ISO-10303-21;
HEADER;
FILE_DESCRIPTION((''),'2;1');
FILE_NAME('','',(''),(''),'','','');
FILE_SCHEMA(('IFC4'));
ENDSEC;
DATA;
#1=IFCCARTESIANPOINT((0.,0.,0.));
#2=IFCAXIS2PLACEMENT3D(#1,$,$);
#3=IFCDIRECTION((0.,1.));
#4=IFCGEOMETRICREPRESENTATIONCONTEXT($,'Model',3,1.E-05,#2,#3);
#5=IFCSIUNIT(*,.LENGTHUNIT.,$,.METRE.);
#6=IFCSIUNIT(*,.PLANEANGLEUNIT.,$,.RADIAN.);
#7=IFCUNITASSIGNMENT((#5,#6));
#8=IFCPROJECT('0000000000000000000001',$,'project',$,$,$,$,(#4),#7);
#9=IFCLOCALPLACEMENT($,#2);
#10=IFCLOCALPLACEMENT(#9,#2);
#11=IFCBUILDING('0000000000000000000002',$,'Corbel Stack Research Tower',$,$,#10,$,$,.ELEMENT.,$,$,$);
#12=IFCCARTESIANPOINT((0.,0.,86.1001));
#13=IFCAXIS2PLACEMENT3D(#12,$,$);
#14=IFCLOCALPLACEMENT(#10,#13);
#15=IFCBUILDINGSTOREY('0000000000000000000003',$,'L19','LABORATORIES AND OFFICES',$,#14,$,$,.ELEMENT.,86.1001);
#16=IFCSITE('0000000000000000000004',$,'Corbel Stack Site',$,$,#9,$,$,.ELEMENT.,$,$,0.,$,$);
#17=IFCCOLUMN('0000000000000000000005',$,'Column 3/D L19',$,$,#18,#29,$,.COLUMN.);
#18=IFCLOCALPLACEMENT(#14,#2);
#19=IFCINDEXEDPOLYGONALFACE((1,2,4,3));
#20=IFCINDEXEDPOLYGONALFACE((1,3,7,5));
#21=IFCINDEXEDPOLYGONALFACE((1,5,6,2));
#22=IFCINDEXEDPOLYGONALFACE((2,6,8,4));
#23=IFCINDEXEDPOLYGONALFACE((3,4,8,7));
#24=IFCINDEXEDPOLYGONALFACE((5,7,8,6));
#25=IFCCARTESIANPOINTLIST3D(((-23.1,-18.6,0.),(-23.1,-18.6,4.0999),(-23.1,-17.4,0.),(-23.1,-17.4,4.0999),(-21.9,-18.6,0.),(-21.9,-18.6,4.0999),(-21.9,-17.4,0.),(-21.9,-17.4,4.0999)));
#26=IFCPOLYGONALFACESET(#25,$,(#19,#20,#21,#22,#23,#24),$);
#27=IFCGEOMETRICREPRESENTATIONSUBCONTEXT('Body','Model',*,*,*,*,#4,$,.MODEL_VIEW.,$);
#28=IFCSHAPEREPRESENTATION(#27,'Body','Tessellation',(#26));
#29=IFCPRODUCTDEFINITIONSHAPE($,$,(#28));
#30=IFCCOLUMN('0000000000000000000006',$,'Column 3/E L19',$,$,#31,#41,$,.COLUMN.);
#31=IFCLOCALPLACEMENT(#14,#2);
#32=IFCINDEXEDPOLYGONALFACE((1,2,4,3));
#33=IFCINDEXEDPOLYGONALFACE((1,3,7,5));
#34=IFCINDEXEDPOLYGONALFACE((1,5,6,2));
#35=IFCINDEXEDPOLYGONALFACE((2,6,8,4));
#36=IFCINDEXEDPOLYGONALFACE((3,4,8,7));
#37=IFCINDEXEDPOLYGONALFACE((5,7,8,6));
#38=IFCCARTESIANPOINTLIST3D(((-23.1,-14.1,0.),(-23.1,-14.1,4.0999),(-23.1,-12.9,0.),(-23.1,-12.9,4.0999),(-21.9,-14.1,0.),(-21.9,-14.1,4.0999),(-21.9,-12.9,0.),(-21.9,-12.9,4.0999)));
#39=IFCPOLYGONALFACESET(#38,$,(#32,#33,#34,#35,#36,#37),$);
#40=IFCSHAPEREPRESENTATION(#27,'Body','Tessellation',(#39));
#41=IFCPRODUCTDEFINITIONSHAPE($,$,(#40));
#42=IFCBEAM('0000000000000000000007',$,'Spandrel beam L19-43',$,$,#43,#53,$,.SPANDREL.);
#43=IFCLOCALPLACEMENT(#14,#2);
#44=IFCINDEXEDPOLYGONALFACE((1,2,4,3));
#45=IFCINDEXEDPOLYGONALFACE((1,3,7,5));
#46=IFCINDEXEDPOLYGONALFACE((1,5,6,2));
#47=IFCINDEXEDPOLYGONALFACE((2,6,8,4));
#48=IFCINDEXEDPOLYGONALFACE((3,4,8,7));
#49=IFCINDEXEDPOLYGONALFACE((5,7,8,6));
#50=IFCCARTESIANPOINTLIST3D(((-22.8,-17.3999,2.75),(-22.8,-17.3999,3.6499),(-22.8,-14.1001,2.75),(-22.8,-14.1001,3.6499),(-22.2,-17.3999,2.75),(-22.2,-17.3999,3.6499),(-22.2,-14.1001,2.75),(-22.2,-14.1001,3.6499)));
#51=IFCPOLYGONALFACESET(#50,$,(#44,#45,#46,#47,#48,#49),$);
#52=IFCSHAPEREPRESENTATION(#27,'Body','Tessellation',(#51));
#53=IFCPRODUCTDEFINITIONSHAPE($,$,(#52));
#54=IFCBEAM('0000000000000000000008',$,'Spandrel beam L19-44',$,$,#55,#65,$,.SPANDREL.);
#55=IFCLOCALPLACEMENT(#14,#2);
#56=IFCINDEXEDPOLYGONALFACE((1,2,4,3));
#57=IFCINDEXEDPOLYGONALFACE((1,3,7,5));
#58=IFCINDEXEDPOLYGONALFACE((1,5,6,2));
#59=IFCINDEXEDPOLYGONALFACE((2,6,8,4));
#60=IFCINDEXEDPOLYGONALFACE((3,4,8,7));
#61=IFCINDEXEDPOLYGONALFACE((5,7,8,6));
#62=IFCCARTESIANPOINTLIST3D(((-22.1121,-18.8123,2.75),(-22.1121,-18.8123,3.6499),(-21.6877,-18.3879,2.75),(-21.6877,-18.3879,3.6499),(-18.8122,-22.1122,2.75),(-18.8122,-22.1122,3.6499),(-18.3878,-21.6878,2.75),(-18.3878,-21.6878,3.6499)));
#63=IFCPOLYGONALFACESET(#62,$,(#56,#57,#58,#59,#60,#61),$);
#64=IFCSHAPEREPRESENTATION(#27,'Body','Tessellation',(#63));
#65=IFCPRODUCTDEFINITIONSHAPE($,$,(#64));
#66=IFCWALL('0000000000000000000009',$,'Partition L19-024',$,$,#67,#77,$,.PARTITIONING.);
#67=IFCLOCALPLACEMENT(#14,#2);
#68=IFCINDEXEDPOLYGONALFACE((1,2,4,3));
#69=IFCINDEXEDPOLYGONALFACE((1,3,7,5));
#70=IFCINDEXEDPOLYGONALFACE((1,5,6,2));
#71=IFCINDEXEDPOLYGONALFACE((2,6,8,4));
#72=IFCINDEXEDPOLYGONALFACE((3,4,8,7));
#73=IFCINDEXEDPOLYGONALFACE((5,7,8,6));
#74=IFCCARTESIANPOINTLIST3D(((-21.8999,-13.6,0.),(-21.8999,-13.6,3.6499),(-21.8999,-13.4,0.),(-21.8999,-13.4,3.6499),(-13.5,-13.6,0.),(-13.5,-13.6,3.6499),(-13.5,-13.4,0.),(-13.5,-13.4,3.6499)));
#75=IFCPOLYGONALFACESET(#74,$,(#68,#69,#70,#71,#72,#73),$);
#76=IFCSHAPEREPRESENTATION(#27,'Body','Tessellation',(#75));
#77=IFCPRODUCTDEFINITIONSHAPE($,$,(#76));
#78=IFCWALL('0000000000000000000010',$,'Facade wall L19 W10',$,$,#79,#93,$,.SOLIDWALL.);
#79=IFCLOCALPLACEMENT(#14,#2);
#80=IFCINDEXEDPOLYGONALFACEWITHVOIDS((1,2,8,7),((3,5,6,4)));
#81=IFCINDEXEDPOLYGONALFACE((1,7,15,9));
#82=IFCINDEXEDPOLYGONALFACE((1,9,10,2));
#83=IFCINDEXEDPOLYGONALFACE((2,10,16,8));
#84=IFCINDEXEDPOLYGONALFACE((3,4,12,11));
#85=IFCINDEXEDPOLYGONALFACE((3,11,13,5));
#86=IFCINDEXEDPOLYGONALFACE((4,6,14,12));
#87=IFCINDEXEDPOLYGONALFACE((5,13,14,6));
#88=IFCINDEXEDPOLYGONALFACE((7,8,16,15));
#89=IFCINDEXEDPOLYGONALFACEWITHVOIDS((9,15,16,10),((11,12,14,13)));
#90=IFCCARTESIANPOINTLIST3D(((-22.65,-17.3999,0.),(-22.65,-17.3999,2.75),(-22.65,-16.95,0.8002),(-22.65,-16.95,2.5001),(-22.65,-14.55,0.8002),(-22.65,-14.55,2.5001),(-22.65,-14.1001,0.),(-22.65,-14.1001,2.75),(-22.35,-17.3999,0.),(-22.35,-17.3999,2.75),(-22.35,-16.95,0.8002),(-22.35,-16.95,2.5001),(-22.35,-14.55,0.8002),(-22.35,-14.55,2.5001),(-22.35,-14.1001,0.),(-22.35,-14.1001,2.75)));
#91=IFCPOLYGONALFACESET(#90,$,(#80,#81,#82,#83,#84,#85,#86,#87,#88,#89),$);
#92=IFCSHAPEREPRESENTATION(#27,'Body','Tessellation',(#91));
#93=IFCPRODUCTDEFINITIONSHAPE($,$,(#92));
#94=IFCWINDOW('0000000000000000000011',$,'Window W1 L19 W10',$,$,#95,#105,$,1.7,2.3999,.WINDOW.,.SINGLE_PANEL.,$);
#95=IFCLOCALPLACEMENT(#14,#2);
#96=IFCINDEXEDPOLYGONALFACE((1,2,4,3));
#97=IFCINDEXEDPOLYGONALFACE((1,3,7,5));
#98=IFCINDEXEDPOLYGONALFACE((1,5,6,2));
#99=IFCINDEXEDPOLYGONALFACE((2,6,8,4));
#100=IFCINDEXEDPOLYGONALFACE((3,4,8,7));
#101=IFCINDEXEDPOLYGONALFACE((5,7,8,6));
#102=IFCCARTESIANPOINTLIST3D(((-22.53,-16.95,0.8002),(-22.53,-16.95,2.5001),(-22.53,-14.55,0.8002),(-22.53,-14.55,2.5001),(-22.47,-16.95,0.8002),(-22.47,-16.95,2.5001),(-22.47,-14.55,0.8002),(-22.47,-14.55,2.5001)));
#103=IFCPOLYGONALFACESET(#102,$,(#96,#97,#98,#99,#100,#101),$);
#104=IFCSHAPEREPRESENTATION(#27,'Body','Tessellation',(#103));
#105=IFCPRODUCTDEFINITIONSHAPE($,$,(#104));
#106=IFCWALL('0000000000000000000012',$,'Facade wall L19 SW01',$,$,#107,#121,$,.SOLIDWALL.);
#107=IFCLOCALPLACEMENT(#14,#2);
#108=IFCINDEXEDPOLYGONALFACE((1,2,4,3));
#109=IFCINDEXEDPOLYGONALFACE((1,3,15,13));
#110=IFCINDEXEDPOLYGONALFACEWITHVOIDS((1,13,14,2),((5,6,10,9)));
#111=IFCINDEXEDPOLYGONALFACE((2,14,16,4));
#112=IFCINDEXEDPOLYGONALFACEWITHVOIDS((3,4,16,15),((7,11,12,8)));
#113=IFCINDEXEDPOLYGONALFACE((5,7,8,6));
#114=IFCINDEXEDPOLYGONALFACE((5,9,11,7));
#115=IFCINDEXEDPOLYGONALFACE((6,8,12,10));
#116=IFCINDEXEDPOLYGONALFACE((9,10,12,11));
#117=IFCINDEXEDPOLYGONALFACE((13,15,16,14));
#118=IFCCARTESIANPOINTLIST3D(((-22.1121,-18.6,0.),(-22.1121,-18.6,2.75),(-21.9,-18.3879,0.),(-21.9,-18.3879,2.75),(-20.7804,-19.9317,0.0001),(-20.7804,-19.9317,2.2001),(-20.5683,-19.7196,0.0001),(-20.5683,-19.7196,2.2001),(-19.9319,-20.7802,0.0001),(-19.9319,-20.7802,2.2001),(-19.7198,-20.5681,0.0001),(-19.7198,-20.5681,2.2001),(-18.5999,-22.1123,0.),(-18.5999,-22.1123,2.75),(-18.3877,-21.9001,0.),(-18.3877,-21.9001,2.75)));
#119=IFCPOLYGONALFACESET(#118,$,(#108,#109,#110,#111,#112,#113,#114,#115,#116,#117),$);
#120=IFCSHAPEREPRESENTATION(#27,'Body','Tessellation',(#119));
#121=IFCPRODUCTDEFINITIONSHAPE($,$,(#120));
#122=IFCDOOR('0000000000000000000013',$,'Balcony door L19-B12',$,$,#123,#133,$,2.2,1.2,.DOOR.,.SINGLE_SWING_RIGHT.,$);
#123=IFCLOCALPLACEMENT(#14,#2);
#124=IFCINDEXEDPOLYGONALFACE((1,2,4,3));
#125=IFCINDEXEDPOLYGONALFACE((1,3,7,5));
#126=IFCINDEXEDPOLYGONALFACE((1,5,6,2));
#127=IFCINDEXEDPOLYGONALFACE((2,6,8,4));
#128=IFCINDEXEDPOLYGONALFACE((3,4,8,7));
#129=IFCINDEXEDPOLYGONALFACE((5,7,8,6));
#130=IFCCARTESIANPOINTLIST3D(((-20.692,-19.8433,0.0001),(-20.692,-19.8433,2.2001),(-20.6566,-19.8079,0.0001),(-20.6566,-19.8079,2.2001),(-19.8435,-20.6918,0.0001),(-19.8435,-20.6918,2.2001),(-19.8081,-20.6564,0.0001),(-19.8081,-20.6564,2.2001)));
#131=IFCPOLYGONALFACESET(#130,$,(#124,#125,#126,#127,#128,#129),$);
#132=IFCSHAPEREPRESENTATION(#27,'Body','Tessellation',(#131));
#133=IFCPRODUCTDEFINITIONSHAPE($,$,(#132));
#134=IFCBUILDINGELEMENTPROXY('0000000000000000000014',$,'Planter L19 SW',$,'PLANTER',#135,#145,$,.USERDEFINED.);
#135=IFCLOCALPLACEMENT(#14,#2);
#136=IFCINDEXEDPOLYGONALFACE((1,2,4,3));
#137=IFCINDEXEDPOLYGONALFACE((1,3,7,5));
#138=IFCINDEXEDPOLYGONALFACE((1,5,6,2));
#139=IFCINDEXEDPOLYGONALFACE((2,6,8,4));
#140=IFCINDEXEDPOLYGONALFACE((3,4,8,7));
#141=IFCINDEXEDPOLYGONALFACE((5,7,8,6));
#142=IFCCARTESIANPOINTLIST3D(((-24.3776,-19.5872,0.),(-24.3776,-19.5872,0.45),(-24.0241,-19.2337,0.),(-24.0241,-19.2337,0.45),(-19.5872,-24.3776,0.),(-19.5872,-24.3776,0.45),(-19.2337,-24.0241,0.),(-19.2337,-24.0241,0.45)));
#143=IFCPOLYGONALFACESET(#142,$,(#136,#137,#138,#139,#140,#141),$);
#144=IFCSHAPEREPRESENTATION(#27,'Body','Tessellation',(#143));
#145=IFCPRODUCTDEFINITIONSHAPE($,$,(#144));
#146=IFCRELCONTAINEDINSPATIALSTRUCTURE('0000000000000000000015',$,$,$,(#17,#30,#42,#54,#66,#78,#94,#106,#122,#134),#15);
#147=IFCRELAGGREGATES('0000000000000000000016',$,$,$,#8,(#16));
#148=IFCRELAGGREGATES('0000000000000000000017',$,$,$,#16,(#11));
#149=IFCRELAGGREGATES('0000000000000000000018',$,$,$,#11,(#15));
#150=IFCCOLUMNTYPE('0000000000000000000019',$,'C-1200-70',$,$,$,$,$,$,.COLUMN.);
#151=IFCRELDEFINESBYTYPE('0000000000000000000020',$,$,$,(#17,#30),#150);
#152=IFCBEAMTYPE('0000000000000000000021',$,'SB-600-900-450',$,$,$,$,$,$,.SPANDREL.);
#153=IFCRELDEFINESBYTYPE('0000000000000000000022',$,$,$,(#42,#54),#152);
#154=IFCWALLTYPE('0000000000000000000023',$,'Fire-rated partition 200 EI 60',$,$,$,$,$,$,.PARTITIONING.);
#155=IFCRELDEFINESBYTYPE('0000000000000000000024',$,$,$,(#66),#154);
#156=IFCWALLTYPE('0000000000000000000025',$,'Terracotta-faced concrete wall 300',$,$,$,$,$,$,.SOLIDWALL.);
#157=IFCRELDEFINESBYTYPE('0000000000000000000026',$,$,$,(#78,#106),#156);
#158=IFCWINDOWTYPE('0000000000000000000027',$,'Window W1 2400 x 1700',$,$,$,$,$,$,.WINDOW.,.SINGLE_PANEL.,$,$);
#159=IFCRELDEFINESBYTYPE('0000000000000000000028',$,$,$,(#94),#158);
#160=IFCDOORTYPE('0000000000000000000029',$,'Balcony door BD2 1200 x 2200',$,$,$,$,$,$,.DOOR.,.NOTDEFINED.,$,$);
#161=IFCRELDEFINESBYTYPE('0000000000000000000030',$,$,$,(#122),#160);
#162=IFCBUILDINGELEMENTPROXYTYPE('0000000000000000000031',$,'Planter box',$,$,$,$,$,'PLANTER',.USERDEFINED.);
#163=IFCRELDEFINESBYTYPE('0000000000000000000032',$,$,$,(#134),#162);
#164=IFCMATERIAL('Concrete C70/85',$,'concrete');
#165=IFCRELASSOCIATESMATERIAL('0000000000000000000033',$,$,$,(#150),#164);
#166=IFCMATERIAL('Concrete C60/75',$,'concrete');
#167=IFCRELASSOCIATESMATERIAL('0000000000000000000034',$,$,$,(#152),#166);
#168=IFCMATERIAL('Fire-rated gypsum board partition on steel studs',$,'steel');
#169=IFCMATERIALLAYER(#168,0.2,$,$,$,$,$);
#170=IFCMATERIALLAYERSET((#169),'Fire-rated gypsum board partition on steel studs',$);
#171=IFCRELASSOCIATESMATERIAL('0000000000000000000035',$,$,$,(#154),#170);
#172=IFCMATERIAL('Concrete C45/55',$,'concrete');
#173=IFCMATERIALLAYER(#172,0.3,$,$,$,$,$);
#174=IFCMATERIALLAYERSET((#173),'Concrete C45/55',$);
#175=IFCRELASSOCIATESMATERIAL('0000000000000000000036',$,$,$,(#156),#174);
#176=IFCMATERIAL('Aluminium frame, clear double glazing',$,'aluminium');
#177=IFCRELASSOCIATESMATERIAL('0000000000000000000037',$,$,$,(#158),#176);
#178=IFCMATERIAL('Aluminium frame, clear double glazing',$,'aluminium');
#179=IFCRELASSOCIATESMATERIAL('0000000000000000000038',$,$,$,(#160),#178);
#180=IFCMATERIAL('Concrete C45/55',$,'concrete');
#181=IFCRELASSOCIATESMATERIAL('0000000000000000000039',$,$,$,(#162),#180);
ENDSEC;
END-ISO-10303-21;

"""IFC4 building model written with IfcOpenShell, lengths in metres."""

from ifc_helpers import new_model, si_unit, direction, frame, frame_2d, origin, origin_2d, place, context, subcontext, project, spatial, rectangle, extrude, material, layer, layer_set, material_profile, profile_set, type_object, element, fill, save


model = new_model("IFC4")

# Units and contexts
model_context = context("Model", 3, precision=1e-05, world=origin(), true_north=direction((0.0, 1.0)))
body_context = subcontext(model_context, "Body", "Model", "MODEL_VIEW")
ifc_project = project(units=[si_unit("LENGTHUNIT", "METRE"), si_unit("PLANEANGLEUNIT", "RADIAN")], contexts=[model_context])

# Site, building, storey
site_placement = place(None, origin())
site = spatial("IfcSite", under=ifc_project, at=site_placement, Name="Corbel Stack Site", CompositionType="ELEMENT", RefElevation=0.0)
building_placement = place(site_placement, origin())
building = spatial("IfcBuilding", under=site, at=building_placement, Name="Corbel Stack Research Tower", CompositionType="ELEMENT")
storey_placement = place(building_placement, frame((0.0, 0.0, 86.1001)))
storey = spatial("IfcBuildingStorey", under=building, at=storey_placement, Name="L19", Description="LABORATORIES AND OFFICES", CompositionType="ELEMENT", Elevation=86.1001)

# Columns
ifc_material_1 = material(Name="Concrete C70/85", Category="concrete")
ifc_material_profile_1 = material_profile(ifc_material_1, rectangle(XDim=1.2, YDim=1.2, at=origin_2d()), Name="RC 1200 x 1200")
ifc_profile_set_1 = profile_set([ifc_material_profile_1], Name="Concrete C70/85")
column_type = type_object("IfcColumnType", Name="C-1200-70", PredefinedType="COLUMN", material=ifc_profile_set_1)
for number, where, z_axis, x_axis, name in (
    (1, (-22.5, -18.0, 0.0), (0.0, 0.0, 1.0), (1.0, 0.0, 0.0), "Column 3/D L19"),
    (2, (-22.5, -13.5, 0.0), (0.0, 0.0, 1.0), (1.0, 0.0, 0.0), "Column 3/E L19"),
):
    element("IfcColumn", number, at=place(storey_placement, frame(where, z_axis=z_axis, x_axis=x_axis)), inside=storey, type_object=column_type, Name=name, PredefinedType="COLUMN", context=body_context, shape_type="SweptSolid", body=[
        extrude(rectangle(XDim=1.2, YDim=1.2, at=origin_2d()), origin(), (0.0, 0.0, 1.0), 4.0999),
    ])

# Beams
ifc_material_2 = material(Name="Concrete C60/75", Category="concrete")
ifc_material_profile_2 = material_profile(ifc_material_2, rectangle(XDim=0.6001, YDim=0.8999, at=origin_2d()), Name="RC 600 x 900")
ifc_profile_set_2 = profile_set([ifc_material_profile_2], Name="Concrete C60/75")
beam_type = type_object("IfcBeamType", Name="SB-600-900-450", PredefinedType="SPANDREL", material=ifc_profile_set_2)
beam_1_placement = place(storey_placement, frame((-22.5, -14.1001, 3.2), z_axis=(0.0, -1.0, 0.0), x_axis=(1.0, 0.0, 0.0)))
element("IfcBeam", 3, at=beam_1_placement, inside=storey, type_object=beam_type, Name="Spandrel beam L19-43", PredefinedType="SPANDREL", context=body_context, shape_type="SweptSolid", body=[
    extrude(rectangle(XDim=0.6001, YDim=0.8999, at=origin_2d()), origin(), (0.0, 0.0, 1.0), 3.2998),
])
beam_2_placement = place(storey_placement, frame((-21.8999, -18.6001, 3.2), z_axis=(0.707107, -0.707107, 0.0), x_axis=(0.707107, 0.707107, 0.0)))
element("IfcBeam", 4, at=beam_2_placement, inside=storey, type_object=beam_type, Name="Spandrel beam L19-44", PredefinedType="SPANDREL", context=body_context, shape_type="SweptSolid", body=[
    extrude(rectangle(XDim=0.6001, YDim=0.8999, at=origin_2d()), origin(), (0.0, 0.0, 1.0), 4.6667),
])

# Wall
ifc_material_3 = material(Name="Fire-rated gypsum board partition on steel studs", Category="steel")
ifc_layer_1 = layer(ifc_material_3, 0.2)
ifc_layer_set_1 = layer_set([ifc_layer_1], Name="Fire-rated gypsum board partition on steel studs")
wall_type_1 = type_object("IfcWallType", Name="Fire-rated partition 200 EI 60", PredefinedType="PARTITIONING", material=ifc_layer_set_1)
wall_1_placement = place(storey_placement, frame((-21.8999, -13.5, 0.0), z_axis=(0.0, 0.0, 1.0), x_axis=(1.0, 0.0, 0.0)))
element("IfcWall", 5, at=wall_1_placement, inside=storey, type_object=wall_type_1, Name="Partition L19-024", PredefinedType="PARTITIONING", context=body_context, shape_type="SweptSolid", body=[
    extrude(rectangle(XDim=8.3999, YDim=0.2, at=frame_2d((4.2, 0.0))), origin(), (0.0, 0.0, 1.0), 3.6499),
])

# Wall, opening, window
ifc_material_4 = material(Name="Concrete C45/55", Category="concrete")
ifc_layer_2 = layer(ifc_material_4, 0.3)
ifc_layer_set_2 = layer_set([ifc_layer_2], Name="Concrete C45/55")
wall_type_2 = type_object("IfcWallType", Name="Terracotta-faced concrete wall 300", PredefinedType="SOLIDWALL", material=ifc_layer_set_2)
wall_2_placement = place(storey_placement, frame((-22.5, -17.3999, 0.0), z_axis=(0.0, 0.0, 1.0), x_axis=(0.0, 1.0, 0.0)))
wall_2 = element("IfcWall", 6, at=wall_2_placement, inside=storey, type_object=wall_type_2, Name="Facade wall L19 W10", PredefinedType="SOLIDWALL", context=body_context, shape_type="SweptSolid", body=[
    extrude(rectangle(XDim=3.2998, YDim=0.3, at=frame_2d((1.6499, 0.0))), origin(), (0.0, 0.0, 1.0), 2.75),
])
opening_1_placement = place(wall_2_placement, frame((0.45, 0.0, 0.8)))
opening_1 = element("IfcOpeningElement", 7, at=opening_1_placement, cuts=wall_2, PredefinedType="OPENING", context=body_context, shape_type="SweptSolid", body=[
    extrude(rectangle(XDim=2.3999, YDim=1.7, at=frame_2d((1.2, 0.8501))), frame((0.0, 0.1599, 0.0), z_axis=(0.0, -1.0, 0.0), x_axis=(1.0, 0.0, 0.0)), (0.0, 0.0, 1.0), 0.3201),
])
ifc_material_5 = material(Name="Aluminium frame, clear double glazing", Category="aluminium")
window_type = type_object("IfcWindowType", Name="Window W1 2400 x 1700", PartitioningType="SINGLE_PANEL", PredefinedType="WINDOW", material=ifc_material_5)
window_placement = place(opening_1_placement, origin())
window = element("IfcWindow", 8, at=window_placement, inside=storey, type_object=window_type, Name="Window W1 L19 W10", OverallHeight=1.7, OverallWidth=2.3999, PartitioningType="SINGLE_PANEL", PredefinedType="WINDOW", context=body_context, shape_type="SweptSolid", body=[
    extrude(rectangle(XDim=2.3999, YDim=1.7, at=frame_2d((1.2, 0.8501))), frame((0.0, 0.03, 0.0), z_axis=(0.0, -1.0, 0.0), x_axis=(1.0, 0.0, 0.0)), (0.0, 0.0, 1.0), 0.0601),
])
fill(opening_1, window)

# Wall, opening, door
wall_3_placement = place(storey_placement, frame((-18.4939, -22.0061, 0.0), z_axis=(0.0, 0.0, 1.0), x_axis=(-0.707107, 0.707107, 0.0)))
wall_3 = element("IfcWall", 9, at=wall_3_placement, inside=storey, type_object=wall_type_2, Name="Facade wall L19 SW01", PredefinedType="SOLIDWALL", context=body_context, shape_type="SweptSolid", body=[
    extrude(rectangle(XDim=4.967, YDim=0.3, at=frame_2d((2.4834, 0.0))), origin(), (0.0, 0.0, 1.0), 2.75),
])
opening_2_placement = place(wall_3_placement, frame((1.8835, 0.0, 0.0)))
opening_2 = element("IfcOpeningElement", 10, at=opening_2_placement, cuts=wall_3, PredefinedType="OPENING", context=body_context, shape_type="SweptSolid", body=[
    extrude(rectangle(XDim=1.2, YDim=2.2, at=frame_2d((0.6001, 1.1001))), frame((0.0, 0.1599, 0.0), z_axis=(0.0, -1.0, 0.0), x_axis=(1.0, 0.0, 0.0)), (0.0, 0.0, 1.0), 0.3201),
])
ifc_material_6 = material(Name="Aluminium frame, clear double glazing", Category="aluminium")
door_type = type_object("IfcDoorType", Name="Balcony door BD2 1200 x 2200", OperationType="NOTDEFINED", PredefinedType="DOOR", material=ifc_material_6)
door_placement = place(opening_2_placement, origin())
door = element("IfcDoor", 11, at=door_placement, inside=storey, type_object=door_type, Name="Balcony door L19-B12", OperationType="SINGLE_SWING_RIGHT", OverallHeight=2.2, OverallWidth=1.2, PredefinedType="DOOR", context=body_context, shape_type="SweptSolid", body=[
    extrude(rectangle(XDim=1.2, YDim=2.2, at=frame_2d((0.6001, 1.1001))), frame((0.0, 0.0249, 0.0), z_axis=(0.0, -1.0, 0.0), x_axis=(1.0, 0.0, 0.0)), (0.0, 0.0, 1.0), 0.05),
])
fill(opening_2, door)

# Building element proxy
ifc_material_7 = material(Name="Concrete C45/55", Category="concrete")
building_element_proxy_type = type_object("IfcBuildingElementProxyType", Name="Planter box", ElementType="PLANTER", PredefinedType="USERDEFINED", material=ifc_material_7)
proxy_placement = place(storey_placement, frame((-21.8057, -21.8057, 0.0), z_axis=(0.0, 0.0, 1.0), x_axis=(0.707107, -0.707107, 0.0)))
element("IfcBuildingElementProxy", 12, at=proxy_placement, inside=storey, type_object=building_element_proxy_type, Name="Planter L19 SW", ObjectType="PLANTER", PredefinedType="USERDEFINED", context=body_context, shape_type="SweptSolid", body=[
    extrude(rectangle(XDim=6.7747, YDim=0.5, at=origin_2d()), origin(), (0.0, 0.0, 1.0), 0.45),
])

save(model, "model.ifc")
